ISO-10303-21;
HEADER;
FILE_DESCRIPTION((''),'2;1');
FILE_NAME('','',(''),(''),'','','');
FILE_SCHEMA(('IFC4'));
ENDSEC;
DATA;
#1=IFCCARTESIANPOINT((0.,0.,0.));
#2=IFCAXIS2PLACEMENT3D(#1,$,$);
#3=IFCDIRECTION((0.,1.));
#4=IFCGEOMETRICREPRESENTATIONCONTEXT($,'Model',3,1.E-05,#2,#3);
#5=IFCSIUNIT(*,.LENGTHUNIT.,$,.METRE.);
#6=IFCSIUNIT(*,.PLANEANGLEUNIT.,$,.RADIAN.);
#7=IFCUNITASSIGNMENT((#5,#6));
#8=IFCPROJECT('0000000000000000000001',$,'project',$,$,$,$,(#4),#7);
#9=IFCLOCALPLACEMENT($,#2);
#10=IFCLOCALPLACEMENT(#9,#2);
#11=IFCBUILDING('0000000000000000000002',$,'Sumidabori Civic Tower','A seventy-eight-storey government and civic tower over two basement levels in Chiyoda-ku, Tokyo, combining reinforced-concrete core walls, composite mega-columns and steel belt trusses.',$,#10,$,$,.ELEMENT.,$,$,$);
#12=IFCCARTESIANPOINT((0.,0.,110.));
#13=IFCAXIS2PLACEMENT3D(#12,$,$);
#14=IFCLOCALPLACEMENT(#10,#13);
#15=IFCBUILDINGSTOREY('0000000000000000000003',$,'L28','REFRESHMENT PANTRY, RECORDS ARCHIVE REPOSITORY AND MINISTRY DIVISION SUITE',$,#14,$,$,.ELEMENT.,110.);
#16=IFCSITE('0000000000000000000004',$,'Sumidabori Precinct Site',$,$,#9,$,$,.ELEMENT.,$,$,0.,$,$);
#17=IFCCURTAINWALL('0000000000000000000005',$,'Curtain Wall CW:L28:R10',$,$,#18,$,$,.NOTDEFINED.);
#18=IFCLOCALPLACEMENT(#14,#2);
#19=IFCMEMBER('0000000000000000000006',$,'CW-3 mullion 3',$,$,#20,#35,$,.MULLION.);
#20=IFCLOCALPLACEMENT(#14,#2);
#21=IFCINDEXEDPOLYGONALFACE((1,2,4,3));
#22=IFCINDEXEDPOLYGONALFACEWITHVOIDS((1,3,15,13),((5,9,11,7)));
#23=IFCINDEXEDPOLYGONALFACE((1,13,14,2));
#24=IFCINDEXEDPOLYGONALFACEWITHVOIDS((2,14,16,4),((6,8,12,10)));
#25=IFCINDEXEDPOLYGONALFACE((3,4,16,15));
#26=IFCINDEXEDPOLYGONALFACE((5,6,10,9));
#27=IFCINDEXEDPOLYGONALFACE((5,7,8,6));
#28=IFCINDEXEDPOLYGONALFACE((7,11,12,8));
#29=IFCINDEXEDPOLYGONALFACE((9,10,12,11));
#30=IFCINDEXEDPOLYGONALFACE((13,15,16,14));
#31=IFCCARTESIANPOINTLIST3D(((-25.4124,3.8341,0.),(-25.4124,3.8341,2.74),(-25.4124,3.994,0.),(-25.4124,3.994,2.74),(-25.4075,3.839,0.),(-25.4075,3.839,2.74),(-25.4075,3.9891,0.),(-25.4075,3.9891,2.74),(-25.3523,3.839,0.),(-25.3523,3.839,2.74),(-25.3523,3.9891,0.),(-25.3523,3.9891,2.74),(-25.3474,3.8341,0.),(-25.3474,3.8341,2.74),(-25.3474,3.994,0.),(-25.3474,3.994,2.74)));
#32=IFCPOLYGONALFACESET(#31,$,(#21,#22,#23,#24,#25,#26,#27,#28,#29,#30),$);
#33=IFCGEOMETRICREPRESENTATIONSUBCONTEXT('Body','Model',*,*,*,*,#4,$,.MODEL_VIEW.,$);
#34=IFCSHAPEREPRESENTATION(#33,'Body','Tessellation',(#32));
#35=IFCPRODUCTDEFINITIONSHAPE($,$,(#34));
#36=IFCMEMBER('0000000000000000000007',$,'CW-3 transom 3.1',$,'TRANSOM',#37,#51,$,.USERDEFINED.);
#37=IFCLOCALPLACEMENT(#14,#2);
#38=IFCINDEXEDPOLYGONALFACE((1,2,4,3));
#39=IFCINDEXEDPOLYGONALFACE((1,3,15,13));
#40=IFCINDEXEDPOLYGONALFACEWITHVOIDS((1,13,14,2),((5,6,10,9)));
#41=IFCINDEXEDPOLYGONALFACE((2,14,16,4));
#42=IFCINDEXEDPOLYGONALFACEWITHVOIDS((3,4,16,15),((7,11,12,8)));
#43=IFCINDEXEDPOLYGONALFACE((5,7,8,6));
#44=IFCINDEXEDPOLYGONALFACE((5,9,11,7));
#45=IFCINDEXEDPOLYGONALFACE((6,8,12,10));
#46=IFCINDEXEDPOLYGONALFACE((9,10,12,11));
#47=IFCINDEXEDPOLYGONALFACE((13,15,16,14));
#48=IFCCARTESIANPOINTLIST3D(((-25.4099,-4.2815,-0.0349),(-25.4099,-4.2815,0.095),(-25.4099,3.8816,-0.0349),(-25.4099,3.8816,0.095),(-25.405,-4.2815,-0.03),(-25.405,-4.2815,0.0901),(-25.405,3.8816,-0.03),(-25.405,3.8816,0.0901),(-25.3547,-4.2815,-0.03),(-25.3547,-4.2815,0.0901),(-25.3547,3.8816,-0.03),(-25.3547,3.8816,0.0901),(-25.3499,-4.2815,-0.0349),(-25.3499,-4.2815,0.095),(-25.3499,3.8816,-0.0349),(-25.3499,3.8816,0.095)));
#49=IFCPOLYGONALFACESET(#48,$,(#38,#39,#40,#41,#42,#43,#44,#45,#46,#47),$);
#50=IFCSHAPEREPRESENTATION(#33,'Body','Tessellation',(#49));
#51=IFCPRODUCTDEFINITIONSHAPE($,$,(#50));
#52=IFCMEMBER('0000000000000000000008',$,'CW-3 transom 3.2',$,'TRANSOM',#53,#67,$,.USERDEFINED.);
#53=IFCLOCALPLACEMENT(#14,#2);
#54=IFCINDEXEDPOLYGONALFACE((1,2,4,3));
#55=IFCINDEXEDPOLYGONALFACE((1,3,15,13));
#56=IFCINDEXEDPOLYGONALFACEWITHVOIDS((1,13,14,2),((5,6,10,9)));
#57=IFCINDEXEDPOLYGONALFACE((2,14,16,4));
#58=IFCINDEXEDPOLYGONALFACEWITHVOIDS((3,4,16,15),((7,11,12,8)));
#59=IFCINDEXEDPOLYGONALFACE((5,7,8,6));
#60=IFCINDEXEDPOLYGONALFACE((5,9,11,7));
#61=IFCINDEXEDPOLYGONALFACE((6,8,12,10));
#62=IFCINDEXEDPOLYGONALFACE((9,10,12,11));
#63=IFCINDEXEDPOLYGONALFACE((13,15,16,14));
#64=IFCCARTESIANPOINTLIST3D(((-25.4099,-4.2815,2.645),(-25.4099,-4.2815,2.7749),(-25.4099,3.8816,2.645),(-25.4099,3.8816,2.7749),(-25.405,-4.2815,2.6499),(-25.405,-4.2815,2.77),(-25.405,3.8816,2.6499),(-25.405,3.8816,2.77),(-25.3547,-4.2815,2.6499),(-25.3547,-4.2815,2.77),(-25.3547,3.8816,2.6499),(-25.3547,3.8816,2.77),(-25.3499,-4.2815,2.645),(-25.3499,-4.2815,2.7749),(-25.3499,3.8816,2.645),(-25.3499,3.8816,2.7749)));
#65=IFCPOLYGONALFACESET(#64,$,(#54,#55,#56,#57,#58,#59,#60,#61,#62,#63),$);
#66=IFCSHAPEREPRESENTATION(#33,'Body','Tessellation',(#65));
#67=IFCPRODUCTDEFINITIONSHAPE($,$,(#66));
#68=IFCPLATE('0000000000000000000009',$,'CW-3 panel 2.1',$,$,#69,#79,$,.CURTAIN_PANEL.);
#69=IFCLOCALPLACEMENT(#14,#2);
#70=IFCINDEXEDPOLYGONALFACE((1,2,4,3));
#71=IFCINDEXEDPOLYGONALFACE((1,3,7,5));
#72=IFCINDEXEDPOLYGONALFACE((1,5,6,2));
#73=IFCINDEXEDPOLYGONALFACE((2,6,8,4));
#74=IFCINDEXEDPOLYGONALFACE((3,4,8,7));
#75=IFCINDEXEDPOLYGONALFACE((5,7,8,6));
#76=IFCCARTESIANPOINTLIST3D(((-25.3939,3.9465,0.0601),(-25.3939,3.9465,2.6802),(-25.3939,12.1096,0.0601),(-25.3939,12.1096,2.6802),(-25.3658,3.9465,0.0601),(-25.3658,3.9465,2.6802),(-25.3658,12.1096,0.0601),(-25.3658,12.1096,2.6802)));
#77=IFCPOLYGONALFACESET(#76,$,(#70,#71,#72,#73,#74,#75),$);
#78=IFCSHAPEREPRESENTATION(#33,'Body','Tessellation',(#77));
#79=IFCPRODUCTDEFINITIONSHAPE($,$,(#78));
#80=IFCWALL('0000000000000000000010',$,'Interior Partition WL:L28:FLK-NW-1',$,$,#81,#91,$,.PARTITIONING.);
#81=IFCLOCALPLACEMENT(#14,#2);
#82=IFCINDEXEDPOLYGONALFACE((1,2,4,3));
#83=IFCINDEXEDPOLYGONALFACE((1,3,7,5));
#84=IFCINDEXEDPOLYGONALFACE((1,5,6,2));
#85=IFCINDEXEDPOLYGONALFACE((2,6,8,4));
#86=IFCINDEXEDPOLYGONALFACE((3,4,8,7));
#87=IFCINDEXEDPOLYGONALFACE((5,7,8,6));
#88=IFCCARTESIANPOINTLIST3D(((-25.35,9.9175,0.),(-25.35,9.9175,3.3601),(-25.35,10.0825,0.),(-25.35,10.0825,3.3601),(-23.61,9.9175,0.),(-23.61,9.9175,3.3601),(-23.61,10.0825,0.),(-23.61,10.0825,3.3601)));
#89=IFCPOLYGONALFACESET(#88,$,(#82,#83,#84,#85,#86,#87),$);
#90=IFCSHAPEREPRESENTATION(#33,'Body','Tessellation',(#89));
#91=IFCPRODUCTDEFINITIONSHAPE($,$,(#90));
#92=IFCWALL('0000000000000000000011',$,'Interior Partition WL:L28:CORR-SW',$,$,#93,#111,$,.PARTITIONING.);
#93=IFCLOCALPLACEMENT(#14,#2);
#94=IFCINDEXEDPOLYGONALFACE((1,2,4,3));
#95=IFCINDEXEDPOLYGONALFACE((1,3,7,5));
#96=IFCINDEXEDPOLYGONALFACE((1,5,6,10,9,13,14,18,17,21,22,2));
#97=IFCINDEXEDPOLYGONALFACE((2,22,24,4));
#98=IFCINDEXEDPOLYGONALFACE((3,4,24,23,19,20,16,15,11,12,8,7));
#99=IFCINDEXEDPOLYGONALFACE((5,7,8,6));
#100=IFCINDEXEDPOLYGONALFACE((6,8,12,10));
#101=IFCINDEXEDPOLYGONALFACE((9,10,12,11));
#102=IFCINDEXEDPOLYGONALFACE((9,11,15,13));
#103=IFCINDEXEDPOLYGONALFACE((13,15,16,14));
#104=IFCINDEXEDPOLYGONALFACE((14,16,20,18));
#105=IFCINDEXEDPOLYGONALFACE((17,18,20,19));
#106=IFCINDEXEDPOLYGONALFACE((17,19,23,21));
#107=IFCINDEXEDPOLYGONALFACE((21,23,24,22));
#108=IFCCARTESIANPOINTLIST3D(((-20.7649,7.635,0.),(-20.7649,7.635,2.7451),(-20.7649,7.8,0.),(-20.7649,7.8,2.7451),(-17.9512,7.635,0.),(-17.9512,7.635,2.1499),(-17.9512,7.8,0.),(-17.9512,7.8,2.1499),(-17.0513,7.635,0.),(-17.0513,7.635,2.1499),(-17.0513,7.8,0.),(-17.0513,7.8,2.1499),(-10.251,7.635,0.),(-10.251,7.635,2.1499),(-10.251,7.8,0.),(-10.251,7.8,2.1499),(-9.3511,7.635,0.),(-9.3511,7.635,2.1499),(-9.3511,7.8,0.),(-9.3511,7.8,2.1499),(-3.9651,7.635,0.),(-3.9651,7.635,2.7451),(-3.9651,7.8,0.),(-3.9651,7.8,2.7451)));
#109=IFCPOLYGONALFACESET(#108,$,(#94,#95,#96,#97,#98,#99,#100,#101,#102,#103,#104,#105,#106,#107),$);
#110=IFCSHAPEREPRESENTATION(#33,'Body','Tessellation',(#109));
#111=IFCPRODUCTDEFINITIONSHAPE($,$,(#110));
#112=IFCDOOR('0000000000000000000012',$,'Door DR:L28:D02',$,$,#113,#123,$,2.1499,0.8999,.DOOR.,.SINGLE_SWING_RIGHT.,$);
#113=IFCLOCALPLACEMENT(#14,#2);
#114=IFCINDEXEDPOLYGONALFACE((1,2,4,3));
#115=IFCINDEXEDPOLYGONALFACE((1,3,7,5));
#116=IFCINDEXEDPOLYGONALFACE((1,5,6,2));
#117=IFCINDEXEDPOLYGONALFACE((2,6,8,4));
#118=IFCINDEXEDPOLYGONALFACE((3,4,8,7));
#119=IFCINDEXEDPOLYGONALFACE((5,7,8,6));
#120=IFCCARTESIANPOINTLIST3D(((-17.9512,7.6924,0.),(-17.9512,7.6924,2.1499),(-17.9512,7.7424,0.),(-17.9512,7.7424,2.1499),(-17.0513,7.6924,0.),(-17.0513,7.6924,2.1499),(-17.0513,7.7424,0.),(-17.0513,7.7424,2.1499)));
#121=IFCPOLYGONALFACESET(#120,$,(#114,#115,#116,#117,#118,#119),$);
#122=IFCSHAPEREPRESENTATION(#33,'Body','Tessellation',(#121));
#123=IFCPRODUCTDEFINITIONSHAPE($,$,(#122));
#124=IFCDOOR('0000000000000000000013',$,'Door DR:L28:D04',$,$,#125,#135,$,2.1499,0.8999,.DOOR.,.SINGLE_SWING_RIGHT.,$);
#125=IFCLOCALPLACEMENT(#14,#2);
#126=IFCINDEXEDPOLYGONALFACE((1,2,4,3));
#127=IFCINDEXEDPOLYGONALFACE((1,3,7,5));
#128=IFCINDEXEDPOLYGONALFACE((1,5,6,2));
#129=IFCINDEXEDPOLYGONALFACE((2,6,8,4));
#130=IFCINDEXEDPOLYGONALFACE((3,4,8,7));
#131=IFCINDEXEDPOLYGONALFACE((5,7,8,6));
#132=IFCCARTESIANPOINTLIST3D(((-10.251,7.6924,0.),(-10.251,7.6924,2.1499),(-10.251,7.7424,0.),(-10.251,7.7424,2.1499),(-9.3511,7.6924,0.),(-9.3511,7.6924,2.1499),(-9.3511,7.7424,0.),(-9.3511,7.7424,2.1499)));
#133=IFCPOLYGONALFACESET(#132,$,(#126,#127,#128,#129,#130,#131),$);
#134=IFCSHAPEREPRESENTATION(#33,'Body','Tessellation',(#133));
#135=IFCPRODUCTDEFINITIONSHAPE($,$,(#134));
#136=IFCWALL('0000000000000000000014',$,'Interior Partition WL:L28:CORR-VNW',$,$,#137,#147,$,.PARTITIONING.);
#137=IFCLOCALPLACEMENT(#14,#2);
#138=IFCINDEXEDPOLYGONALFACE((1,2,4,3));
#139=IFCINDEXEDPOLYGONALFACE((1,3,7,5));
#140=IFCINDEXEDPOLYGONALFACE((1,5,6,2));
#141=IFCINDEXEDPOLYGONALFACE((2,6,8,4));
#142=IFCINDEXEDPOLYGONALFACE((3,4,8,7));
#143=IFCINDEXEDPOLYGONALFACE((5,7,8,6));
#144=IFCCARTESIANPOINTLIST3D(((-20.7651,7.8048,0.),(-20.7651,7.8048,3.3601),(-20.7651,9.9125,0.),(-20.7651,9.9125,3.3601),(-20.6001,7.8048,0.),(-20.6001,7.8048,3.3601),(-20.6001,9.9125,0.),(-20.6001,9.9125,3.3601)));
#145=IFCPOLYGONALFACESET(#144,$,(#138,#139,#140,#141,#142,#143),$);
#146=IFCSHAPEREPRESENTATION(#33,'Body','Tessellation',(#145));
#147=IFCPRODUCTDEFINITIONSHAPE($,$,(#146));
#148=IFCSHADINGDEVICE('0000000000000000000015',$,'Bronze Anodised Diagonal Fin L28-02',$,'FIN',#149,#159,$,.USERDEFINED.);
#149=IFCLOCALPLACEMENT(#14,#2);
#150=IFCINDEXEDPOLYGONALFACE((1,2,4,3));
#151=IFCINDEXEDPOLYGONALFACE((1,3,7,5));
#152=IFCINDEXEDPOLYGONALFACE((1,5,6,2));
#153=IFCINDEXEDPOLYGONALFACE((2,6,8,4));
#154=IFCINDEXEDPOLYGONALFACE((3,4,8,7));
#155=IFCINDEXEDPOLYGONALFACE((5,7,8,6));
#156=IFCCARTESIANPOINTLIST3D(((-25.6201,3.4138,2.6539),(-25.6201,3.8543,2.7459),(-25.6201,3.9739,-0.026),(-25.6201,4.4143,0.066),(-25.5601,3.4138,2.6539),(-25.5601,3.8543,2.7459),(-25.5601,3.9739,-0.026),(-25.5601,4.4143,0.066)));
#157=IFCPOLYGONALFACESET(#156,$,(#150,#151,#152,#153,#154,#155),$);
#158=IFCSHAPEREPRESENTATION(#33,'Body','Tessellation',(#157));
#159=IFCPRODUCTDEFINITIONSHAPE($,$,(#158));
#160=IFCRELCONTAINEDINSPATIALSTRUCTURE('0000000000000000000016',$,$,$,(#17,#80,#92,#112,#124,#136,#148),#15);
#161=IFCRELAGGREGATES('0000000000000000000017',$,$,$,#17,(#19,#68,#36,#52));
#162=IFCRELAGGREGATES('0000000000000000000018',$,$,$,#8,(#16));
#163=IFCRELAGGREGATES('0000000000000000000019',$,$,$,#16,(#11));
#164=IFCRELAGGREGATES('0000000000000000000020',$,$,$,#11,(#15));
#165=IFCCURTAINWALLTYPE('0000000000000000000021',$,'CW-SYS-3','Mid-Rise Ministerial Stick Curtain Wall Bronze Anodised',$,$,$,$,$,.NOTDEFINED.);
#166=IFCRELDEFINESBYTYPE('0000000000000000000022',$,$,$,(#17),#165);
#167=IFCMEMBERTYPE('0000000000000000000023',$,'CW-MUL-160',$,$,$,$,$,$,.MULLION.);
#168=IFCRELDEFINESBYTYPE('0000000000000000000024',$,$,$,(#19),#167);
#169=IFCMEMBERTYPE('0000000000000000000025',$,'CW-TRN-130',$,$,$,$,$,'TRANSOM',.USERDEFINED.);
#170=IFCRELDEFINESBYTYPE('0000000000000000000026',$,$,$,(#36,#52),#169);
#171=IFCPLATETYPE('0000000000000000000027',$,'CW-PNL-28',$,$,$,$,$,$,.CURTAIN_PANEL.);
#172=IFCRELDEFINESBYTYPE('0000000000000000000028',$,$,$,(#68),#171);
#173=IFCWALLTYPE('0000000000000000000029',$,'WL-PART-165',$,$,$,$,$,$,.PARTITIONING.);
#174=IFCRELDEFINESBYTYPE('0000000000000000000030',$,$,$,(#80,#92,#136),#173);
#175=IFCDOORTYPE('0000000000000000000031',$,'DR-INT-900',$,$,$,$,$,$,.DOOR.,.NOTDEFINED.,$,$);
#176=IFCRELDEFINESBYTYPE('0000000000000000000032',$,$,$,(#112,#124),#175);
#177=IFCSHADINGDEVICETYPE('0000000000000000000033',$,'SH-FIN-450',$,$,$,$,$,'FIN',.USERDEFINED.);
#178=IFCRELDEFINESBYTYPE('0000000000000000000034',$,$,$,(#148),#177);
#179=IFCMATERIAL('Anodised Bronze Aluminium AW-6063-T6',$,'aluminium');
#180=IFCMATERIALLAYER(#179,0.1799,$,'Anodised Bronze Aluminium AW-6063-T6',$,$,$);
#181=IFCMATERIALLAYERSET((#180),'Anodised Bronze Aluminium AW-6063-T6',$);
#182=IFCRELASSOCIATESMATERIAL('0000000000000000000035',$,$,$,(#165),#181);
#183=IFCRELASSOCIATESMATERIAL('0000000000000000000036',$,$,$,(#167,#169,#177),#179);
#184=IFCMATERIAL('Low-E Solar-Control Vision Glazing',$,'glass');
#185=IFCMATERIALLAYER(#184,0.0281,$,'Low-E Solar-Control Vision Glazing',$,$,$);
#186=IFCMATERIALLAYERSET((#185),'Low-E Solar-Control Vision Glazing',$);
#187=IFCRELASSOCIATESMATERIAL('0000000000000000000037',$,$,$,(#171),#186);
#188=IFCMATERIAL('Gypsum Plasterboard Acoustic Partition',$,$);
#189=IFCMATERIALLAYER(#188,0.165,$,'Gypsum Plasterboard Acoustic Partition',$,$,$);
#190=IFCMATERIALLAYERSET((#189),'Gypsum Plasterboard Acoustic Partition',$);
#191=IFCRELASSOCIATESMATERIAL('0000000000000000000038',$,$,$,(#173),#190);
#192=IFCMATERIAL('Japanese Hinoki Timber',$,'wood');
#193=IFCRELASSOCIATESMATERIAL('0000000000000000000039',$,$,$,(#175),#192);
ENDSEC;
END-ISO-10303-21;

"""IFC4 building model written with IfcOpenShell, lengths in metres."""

from ifc_helpers import new_model, si_unit, direction, frame, frame_2d, origin, origin_2d, place, context, subcontext, project, spatial, rectangle, hollow_rectangle, extrude, source, transform, mapped, material, layer, layer_set, material_profile, profile_set, type_object, element, fill, aggregate, save


model = new_model("IFC4")

# Units and contexts
model_context = context("Model", 3, precision=1e-05, world=origin(), true_north=direction((0.0, 1.0)))
body_context = subcontext(model_context, "Body", "Model", "MODEL_VIEW")
ifc_project = project(units=[si_unit("LENGTHUNIT", "METRE"), si_unit("PLANEANGLEUNIT", "RADIAN")], contexts=[model_context])

# Site, building, storey
site_placement = place(None, origin())
site = spatial("IfcSite", under=ifc_project, at=site_placement, Name="Sumidabori Precinct Site", CompositionType="ELEMENT", RefElevation=0.0)
building_placement = place(site_placement, origin())
building = spatial("IfcBuilding", under=site, at=building_placement, Name="Sumidabori Civic Tower", Description="A seventy-eight-storey government and civic tower over two basement levels in Chiyoda-ku, Tokyo, combining reinforced-concrete core walls, composite mega-columns and steel belt trusses.", CompositionType="ELEMENT")
storey_placement = place(building_placement, frame((0.0, 0.0, 110.0)))
storey = spatial("IfcBuildingStorey", under=building, at=storey_placement, Name="L28", Description="REFRESHMENT PANTRY, RECORDS ARCHIVE REPOSITORY AND MINISTRY DIVISION SUITE", CompositionType="ELEMENT", Elevation=110.0)

# Curtain wall, members, plate
ifc_material_1 = material(Name="Anodised Bronze Aluminium AW-6063-T6", Category="aluminium")
ifc_layer_1 = layer(ifc_material_1, 0.1799, Name="Anodised Bronze Aluminium AW-6063-T6")
ifc_layer_set_1 = layer_set([ifc_layer_1], Name="Anodised Bronze Aluminium AW-6063-T6")
curtain_wall_type = type_object("IfcCurtainWallType", Name="CW-SYS-3", Description="Mid-Rise Ministerial Stick Curtain Wall Bronze Anodised", PredefinedType="NOTDEFINED", material=ifc_layer_set_1)
curtain_wall_placement = place(storey_placement, origin())
curtain_wall = element("IfcCurtainWall", 1, at=curtain_wall_placement, inside=storey, type_object=curtain_wall_type, Name="Curtain Wall CW:L28:R10", PredefinedType="NOTDEFINED")
ifc_material_profile_1 = material_profile(ifc_material_1, hollow_rectangle(XDim=0.0649, YDim=0.1599, WallThickness=0.0049, at=origin_2d()), Name="ALU MULLION 160x65")
ifc_profile_set_1 = profile_set([ifc_material_profile_1], Name="Anodised Bronze Aluminium AW-6063-T6")
member_type_1 = type_object("IfcMemberType", Name="CW-MUL-160", PredefinedType="MULLION", material=ifc_profile_set_1)
shared_shape_1 = source(origin(), body_context, "Body", "SweptSolid", [
    extrude(hollow_rectangle(XDim=0.0649, YDim=0.1599, WallThickness=0.0049, at=origin_2d()), origin(), (0.0, 0.0, 1.0), 2.74),
])
member_1_placement = place(storey_placement, frame((-25.3799, 3.9141, 0.0), z_axis=(0.0, 0.0, 1.0), x_axis=(1.0, 0.0, 0.0)))
member_1 = element("IfcMember", 2, at=member_1_placement, type_object=member_type_1, Name="CW-3 mullion 3", PredefinedType="MULLION", context=body_context, shape_type="MappedRepresentation", body=[
    mapped(shared_shape_1, transform((0.0, 0.0, 0.0), x_axis=(1.0, 0.0, 0.0), y_axis=(0.0, 1.0, 0.0), z_axis=(0.0, 0.0, 1.0), scale=1.0)),
])
ifc_material_profile_2 = material_profile(ifc_material_1, hollow_rectangle(XDim=0.0601, YDim=0.1299, WallThickness=0.0049, at=origin_2d()), Name="ALU TRANSOM 130x60")
ifc_profile_set_2 = profile_set([ifc_material_profile_2], Name="Anodised Bronze Aluminium AW-6063-T6")
member_type_2 = type_object("IfcMemberType", Name="CW-TRN-130", ElementType="TRANSOM", PredefinedType="USERDEFINED", material=ifc_profile_set_2)
shared_shape_2 = source(origin(), body_context, "Body", "SweptSolid", [
    extrude(hollow_rectangle(XDim=0.0601, YDim=0.1299, WallThickness=0.0049, at=origin_2d()), origin(), (0.0, 0.0, 1.0), 8.1631),
])
member_2_placement = place(storey_placement, frame((-25.3799, 3.8816, 0.03), z_axis=(0.0, -1.0, 0.0), x_axis=(1.0, 0.0, 0.0)))
member_2 = element("IfcMember", 3, at=member_2_placement, type_object=member_type_2, Name="CW-3 transom 3.1", ObjectType="TRANSOM", PredefinedType="USERDEFINED", context=body_context, shape_type="MappedRepresentation", body=[
    mapped(shared_shape_2, transform((0.0, 0.0, 0.0), x_axis=(1.0, 0.0, 0.0), y_axis=(0.0, 1.0, 0.0), z_axis=(0.0, 0.0, 1.0), scale=1.0)),
])
member_3_placement = place(storey_placement, frame((-25.3799, 3.8816, 2.71), z_axis=(0.0, -1.0, 0.0), x_axis=(1.0, 0.0, 0.0)))
member_3 = element("IfcMember", 4, at=member_3_placement, type_object=member_type_2, Name="CW-3 transom 3.2", ObjectType="TRANSOM", PredefinedType="USERDEFINED", context=body_context, shape_type="MappedRepresentation", body=[
    mapped(shared_shape_2, transform((0.0, 0.0, 0.0), x_axis=(1.0, 0.0, 0.0), y_axis=(0.0, 1.0, 0.0), z_axis=(0.0, 0.0, 1.0), scale=1.0)),
])
ifc_material_2 = material(Name="Low-E Solar-Control Vision Glazing", Category="glass")
ifc_layer_2 = layer(ifc_material_2, 0.0281, Name="Low-E Solar-Control Vision Glazing")
ifc_layer_set_2 = layer_set([ifc_layer_2], Name="Low-E Solar-Control Vision Glazing")
plate_type = type_object("IfcPlateType", Name="CW-PNL-28", PredefinedType="CURTAIN_PANEL", material=ifc_layer_set_2)
shared_shape_3 = source(origin(), body_context, "Body", "SweptSolid", [
    extrude(rectangle(XDim=8.1631, YDim=0.0281, at=origin_2d()), origin(), (0.0, 0.0, 1.0), 2.6201),
])
plate_placement = place(storey_placement, frame((-25.3799, 8.0281, 0.0601), z_axis=(0.0, 0.0, 1.0), x_axis=(0.0, -1.0, 0.0)))
plate = element("IfcPlate", 5, at=plate_placement, type_object=plate_type, Name="CW-3 panel 2.1", PredefinedType="CURTAIN_PANEL", context=body_context, shape_type="MappedRepresentation", body=[
    mapped(shared_shape_3, transform((0.0, 0.0, 0.0), x_axis=(1.0, 0.0, 0.0), y_axis=(0.0, 1.0, 0.0), z_axis=(0.0, 0.0, 1.0), scale=1.0)),
])
aggregate(curtain_wall, [member_1, plate, member_2, member_3])

# Wall
ifc_material_3 = material(Name="Gypsum Plasterboard Acoustic Partition")
ifc_layer_3 = layer(ifc_material_3, 0.165, Name="Gypsum Plasterboard Acoustic Partition")
ifc_layer_set_3 = layer_set([ifc_layer_3], Name="Gypsum Plasterboard Acoustic Partition")
wall_type_1 = type_object("IfcWallType", Name="WL-PART-165", PredefinedType="PARTITIONING", material=ifc_layer_set_3)
shared_shape_4 = source(origin(), body_context, "Body", "SweptSolid", [
    extrude(rectangle(XDim=1.74, YDim=0.165, at=frame_2d((0.8701, 0.0))), origin(), (0.0, 0.0, 1.0), 3.3601),
])
wall_1_placement = place(storey_placement, frame((-25.3501, 10.0, 0.0), z_axis=(0.0, 0.0, 1.0), x_axis=(1.0, 0.0, 0.0)))
element("IfcWall", 6, at=wall_1_placement, inside=storey, type_object=wall_type_1, Name="Interior Partition WL:L28:FLK-NW-1", PredefinedType="PARTITIONING", context=body_context, shape_type="MappedRepresentation", body=[
    mapped(shared_shape_4, transform((0.0, 0.0, 0.0), x_axis=(1.0, 0.0, 0.0), y_axis=(0.0, 1.0, 0.0), z_axis=(0.0, 0.0, 1.0), scale=1.0)),
])

# Shared definitions
ifc_material_4 = material(Name="Japanese Hinoki Timber", Category="wood")
door_type_1 = type_object("IfcDoorType", Name="DR-INT-900", OperationType="NOTDEFINED", PredefinedType="DOOR", material=ifc_material_4)
shared_shape_5 = source(origin(), body_context, "Body", "SweptSolid", [
    extrude(rectangle(XDim=0.8999, YDim=2.1499, at=frame_2d((0.45, 1.075))), frame((0.0, 0.0249, 0.0), z_axis=(0.0, -1.0, 0.0), x_axis=(1.0, 0.0, 0.0)), (0.0, 0.0, 1.0), 0.05),
])

# Wall, openings, doors
shared_shape_6 = source(origin(), body_context, "Body", "SweptSolid", [
    extrude(rectangle(XDim=16.7998, YDim=0.165, at=frame_2d((8.3999, 0.0))), origin(), (0.0, 0.0, 1.0), 2.7451),
])
wall_2_placement = place(storey_placement, frame((-20.7649, 7.7175, 0.0), z_axis=(0.0, 0.0, 1.0), x_axis=(1.0, 0.0, 0.0)))
wall_2 = element("IfcWall", 7, at=wall_2_placement, inside=storey, type_object=wall_type_1, Name="Interior Partition WL:L28:CORR-SW", PredefinedType="PARTITIONING", context=body_context, shape_type="MappedRepresentation", body=[
    mapped(shared_shape_6, transform((0.0, 0.0, 0.0), x_axis=(1.0, 0.0, 0.0), y_axis=(0.0, 1.0, 0.0), z_axis=(0.0, 0.0, 1.0), scale=1.0)),
])
opening_1_placement = place(wall_2_placement, frame((2.8137, 0.0, 0.0)))
opening_1 = element("IfcOpeningElement", 8, at=opening_1_placement, cuts=wall_2, PredefinedType="OPENING", context=body_context, shape_type="SweptSolid", body=[
    extrude(rectangle(XDim=0.8999, YDim=2.1499, at=frame_2d((0.45, 1.075))), frame((0.0, 0.0945, 0.0), z_axis=(0.0, -1.0, 0.0), x_axis=(1.0, 0.0, 0.0)), (0.0, 0.0, 1.0), 0.189),
])
opening_2_placement = place(wall_2_placement, frame((10.5139, 0.0, 0.0)))
opening_2 = element("IfcOpeningElement", 9, at=opening_2_placement, cuts=wall_2, PredefinedType="OPENING", context=body_context, shape_type="SweptSolid", body=[
    extrude(rectangle(XDim=0.8999, YDim=2.1499, at=frame_2d((0.45, 1.075))), frame((0.0, 0.0945, 0.0), z_axis=(0.0, -1.0, 0.0), x_axis=(1.0, 0.0, 0.0)), (0.0, 0.0, 1.0), 0.189),
])
door_1_placement = place(opening_1_placement, origin())
door_1 = element("IfcDoor", 10, at=door_1_placement, inside=storey, type_object=door_type_1, Name="Door DR:L28:D02", OperationType="SINGLE_SWING_RIGHT", OverallHeight=2.1499, OverallWidth=0.8999, PredefinedType="DOOR", context=body_context, shape_type="MappedRepresentation", body=[
    mapped(shared_shape_5, transform((0.0, 0.0, 0.0), x_axis=(1.0, 0.0, 0.0), y_axis=(0.0, 1.0, 0.0), z_axis=(0.0, 0.0, 1.0), scale=1.0)),
])
fill(opening_1, door_1)
door_2_placement = place(opening_2_placement, origin())
door_2 = element("IfcDoor", 11, at=door_2_placement, inside=storey, type_object=door_type_1, Name="Door DR:L28:D04", OperationType="SINGLE_SWING_RIGHT", OverallHeight=2.1499, OverallWidth=0.8999, PredefinedType="DOOR", context=body_context, shape_type="MappedRepresentation", body=[
    mapped(shared_shape_5, transform((0.0, 0.0, 0.0), x_axis=(1.0, 0.0, 0.0), y_axis=(0.0, 1.0, 0.0), z_axis=(0.0, 0.0, 1.0), scale=1.0)),
])
fill(opening_2, door_2)

# Wall
shared_shape_7 = source(origin(), body_context, "Body", "SweptSolid", [
    extrude(rectangle(XDim=2.1077, YDim=0.165, at=frame_2d((1.0537, 0.0))), origin(), (0.0, 0.0, 1.0), 3.3601),
])
wall_3_placement = place(storey_placement, frame((-20.6826, 7.8049, 0.0), z_axis=(0.0, 0.0, 1.0), x_axis=(0.0, 1.0, 0.0)))
element("IfcWall", 12, at=wall_3_placement, inside=storey, type_object=wall_type_1, Name="Interior Partition WL:L28:CORR-VNW", PredefinedType="PARTITIONING", context=body_context, shape_type="MappedRepresentation", body=[
    mapped(shared_shape_7, transform((0.0, 0.0, 0.0), x_axis=(1.0, 0.0, 0.0), y_axis=(0.0, 1.0, 0.0), z_axis=(0.0, 0.0, 1.0), scale=1.0)),
])

# Shading device
ifc_material_profile_3 = material_profile(ifc_material_1, rectangle(XDim=0.0601, YDim=0.45, at=origin_2d()), Name="BRONZE FIN 450x60")
ifc_profile_set_3 = profile_set([ifc_material_profile_3], Name="Anodised Bronze Aluminium AW-6063-T6")
shading_device_type = type_object("IfcShadingDeviceType", Name="SH-FIN-450", ElementType="FIN", PredefinedType="USERDEFINED", material=ifc_profile_set_3)
shared_shape_8 = source(origin(), body_context, "Body", "SweptSolid", [
    extrude(rectangle(XDim=0.0601, YDim=0.45, at=origin_2d()), origin(), (0.0, 0.0, 1.0), 2.7378),
])
shading_device_placement = place(storey_placement, frame((-25.5901, 4.1941, 0.02), z_axis=(0.0, -0.204563, 0.978853), x_axis=(-1.0, 0.0, 0.0)))
element("IfcShadingDevice", 13, at=shading_device_placement, inside=storey, type_object=shading_device_type, Name="Bronze Anodised Diagonal Fin L28-02", ObjectType="FIN", PredefinedType="USERDEFINED", context=body_context, shape_type="MappedRepresentation", body=[
    mapped(shared_shape_8, transform((0.0, 0.0, 0.0), x_axis=(1.0, 0.0, 0.0), y_axis=(0.0, 1.0, 0.0), z_axis=(0.0, 0.0, 1.0), scale=1.0)),
])

save(model, "model.ifc")
